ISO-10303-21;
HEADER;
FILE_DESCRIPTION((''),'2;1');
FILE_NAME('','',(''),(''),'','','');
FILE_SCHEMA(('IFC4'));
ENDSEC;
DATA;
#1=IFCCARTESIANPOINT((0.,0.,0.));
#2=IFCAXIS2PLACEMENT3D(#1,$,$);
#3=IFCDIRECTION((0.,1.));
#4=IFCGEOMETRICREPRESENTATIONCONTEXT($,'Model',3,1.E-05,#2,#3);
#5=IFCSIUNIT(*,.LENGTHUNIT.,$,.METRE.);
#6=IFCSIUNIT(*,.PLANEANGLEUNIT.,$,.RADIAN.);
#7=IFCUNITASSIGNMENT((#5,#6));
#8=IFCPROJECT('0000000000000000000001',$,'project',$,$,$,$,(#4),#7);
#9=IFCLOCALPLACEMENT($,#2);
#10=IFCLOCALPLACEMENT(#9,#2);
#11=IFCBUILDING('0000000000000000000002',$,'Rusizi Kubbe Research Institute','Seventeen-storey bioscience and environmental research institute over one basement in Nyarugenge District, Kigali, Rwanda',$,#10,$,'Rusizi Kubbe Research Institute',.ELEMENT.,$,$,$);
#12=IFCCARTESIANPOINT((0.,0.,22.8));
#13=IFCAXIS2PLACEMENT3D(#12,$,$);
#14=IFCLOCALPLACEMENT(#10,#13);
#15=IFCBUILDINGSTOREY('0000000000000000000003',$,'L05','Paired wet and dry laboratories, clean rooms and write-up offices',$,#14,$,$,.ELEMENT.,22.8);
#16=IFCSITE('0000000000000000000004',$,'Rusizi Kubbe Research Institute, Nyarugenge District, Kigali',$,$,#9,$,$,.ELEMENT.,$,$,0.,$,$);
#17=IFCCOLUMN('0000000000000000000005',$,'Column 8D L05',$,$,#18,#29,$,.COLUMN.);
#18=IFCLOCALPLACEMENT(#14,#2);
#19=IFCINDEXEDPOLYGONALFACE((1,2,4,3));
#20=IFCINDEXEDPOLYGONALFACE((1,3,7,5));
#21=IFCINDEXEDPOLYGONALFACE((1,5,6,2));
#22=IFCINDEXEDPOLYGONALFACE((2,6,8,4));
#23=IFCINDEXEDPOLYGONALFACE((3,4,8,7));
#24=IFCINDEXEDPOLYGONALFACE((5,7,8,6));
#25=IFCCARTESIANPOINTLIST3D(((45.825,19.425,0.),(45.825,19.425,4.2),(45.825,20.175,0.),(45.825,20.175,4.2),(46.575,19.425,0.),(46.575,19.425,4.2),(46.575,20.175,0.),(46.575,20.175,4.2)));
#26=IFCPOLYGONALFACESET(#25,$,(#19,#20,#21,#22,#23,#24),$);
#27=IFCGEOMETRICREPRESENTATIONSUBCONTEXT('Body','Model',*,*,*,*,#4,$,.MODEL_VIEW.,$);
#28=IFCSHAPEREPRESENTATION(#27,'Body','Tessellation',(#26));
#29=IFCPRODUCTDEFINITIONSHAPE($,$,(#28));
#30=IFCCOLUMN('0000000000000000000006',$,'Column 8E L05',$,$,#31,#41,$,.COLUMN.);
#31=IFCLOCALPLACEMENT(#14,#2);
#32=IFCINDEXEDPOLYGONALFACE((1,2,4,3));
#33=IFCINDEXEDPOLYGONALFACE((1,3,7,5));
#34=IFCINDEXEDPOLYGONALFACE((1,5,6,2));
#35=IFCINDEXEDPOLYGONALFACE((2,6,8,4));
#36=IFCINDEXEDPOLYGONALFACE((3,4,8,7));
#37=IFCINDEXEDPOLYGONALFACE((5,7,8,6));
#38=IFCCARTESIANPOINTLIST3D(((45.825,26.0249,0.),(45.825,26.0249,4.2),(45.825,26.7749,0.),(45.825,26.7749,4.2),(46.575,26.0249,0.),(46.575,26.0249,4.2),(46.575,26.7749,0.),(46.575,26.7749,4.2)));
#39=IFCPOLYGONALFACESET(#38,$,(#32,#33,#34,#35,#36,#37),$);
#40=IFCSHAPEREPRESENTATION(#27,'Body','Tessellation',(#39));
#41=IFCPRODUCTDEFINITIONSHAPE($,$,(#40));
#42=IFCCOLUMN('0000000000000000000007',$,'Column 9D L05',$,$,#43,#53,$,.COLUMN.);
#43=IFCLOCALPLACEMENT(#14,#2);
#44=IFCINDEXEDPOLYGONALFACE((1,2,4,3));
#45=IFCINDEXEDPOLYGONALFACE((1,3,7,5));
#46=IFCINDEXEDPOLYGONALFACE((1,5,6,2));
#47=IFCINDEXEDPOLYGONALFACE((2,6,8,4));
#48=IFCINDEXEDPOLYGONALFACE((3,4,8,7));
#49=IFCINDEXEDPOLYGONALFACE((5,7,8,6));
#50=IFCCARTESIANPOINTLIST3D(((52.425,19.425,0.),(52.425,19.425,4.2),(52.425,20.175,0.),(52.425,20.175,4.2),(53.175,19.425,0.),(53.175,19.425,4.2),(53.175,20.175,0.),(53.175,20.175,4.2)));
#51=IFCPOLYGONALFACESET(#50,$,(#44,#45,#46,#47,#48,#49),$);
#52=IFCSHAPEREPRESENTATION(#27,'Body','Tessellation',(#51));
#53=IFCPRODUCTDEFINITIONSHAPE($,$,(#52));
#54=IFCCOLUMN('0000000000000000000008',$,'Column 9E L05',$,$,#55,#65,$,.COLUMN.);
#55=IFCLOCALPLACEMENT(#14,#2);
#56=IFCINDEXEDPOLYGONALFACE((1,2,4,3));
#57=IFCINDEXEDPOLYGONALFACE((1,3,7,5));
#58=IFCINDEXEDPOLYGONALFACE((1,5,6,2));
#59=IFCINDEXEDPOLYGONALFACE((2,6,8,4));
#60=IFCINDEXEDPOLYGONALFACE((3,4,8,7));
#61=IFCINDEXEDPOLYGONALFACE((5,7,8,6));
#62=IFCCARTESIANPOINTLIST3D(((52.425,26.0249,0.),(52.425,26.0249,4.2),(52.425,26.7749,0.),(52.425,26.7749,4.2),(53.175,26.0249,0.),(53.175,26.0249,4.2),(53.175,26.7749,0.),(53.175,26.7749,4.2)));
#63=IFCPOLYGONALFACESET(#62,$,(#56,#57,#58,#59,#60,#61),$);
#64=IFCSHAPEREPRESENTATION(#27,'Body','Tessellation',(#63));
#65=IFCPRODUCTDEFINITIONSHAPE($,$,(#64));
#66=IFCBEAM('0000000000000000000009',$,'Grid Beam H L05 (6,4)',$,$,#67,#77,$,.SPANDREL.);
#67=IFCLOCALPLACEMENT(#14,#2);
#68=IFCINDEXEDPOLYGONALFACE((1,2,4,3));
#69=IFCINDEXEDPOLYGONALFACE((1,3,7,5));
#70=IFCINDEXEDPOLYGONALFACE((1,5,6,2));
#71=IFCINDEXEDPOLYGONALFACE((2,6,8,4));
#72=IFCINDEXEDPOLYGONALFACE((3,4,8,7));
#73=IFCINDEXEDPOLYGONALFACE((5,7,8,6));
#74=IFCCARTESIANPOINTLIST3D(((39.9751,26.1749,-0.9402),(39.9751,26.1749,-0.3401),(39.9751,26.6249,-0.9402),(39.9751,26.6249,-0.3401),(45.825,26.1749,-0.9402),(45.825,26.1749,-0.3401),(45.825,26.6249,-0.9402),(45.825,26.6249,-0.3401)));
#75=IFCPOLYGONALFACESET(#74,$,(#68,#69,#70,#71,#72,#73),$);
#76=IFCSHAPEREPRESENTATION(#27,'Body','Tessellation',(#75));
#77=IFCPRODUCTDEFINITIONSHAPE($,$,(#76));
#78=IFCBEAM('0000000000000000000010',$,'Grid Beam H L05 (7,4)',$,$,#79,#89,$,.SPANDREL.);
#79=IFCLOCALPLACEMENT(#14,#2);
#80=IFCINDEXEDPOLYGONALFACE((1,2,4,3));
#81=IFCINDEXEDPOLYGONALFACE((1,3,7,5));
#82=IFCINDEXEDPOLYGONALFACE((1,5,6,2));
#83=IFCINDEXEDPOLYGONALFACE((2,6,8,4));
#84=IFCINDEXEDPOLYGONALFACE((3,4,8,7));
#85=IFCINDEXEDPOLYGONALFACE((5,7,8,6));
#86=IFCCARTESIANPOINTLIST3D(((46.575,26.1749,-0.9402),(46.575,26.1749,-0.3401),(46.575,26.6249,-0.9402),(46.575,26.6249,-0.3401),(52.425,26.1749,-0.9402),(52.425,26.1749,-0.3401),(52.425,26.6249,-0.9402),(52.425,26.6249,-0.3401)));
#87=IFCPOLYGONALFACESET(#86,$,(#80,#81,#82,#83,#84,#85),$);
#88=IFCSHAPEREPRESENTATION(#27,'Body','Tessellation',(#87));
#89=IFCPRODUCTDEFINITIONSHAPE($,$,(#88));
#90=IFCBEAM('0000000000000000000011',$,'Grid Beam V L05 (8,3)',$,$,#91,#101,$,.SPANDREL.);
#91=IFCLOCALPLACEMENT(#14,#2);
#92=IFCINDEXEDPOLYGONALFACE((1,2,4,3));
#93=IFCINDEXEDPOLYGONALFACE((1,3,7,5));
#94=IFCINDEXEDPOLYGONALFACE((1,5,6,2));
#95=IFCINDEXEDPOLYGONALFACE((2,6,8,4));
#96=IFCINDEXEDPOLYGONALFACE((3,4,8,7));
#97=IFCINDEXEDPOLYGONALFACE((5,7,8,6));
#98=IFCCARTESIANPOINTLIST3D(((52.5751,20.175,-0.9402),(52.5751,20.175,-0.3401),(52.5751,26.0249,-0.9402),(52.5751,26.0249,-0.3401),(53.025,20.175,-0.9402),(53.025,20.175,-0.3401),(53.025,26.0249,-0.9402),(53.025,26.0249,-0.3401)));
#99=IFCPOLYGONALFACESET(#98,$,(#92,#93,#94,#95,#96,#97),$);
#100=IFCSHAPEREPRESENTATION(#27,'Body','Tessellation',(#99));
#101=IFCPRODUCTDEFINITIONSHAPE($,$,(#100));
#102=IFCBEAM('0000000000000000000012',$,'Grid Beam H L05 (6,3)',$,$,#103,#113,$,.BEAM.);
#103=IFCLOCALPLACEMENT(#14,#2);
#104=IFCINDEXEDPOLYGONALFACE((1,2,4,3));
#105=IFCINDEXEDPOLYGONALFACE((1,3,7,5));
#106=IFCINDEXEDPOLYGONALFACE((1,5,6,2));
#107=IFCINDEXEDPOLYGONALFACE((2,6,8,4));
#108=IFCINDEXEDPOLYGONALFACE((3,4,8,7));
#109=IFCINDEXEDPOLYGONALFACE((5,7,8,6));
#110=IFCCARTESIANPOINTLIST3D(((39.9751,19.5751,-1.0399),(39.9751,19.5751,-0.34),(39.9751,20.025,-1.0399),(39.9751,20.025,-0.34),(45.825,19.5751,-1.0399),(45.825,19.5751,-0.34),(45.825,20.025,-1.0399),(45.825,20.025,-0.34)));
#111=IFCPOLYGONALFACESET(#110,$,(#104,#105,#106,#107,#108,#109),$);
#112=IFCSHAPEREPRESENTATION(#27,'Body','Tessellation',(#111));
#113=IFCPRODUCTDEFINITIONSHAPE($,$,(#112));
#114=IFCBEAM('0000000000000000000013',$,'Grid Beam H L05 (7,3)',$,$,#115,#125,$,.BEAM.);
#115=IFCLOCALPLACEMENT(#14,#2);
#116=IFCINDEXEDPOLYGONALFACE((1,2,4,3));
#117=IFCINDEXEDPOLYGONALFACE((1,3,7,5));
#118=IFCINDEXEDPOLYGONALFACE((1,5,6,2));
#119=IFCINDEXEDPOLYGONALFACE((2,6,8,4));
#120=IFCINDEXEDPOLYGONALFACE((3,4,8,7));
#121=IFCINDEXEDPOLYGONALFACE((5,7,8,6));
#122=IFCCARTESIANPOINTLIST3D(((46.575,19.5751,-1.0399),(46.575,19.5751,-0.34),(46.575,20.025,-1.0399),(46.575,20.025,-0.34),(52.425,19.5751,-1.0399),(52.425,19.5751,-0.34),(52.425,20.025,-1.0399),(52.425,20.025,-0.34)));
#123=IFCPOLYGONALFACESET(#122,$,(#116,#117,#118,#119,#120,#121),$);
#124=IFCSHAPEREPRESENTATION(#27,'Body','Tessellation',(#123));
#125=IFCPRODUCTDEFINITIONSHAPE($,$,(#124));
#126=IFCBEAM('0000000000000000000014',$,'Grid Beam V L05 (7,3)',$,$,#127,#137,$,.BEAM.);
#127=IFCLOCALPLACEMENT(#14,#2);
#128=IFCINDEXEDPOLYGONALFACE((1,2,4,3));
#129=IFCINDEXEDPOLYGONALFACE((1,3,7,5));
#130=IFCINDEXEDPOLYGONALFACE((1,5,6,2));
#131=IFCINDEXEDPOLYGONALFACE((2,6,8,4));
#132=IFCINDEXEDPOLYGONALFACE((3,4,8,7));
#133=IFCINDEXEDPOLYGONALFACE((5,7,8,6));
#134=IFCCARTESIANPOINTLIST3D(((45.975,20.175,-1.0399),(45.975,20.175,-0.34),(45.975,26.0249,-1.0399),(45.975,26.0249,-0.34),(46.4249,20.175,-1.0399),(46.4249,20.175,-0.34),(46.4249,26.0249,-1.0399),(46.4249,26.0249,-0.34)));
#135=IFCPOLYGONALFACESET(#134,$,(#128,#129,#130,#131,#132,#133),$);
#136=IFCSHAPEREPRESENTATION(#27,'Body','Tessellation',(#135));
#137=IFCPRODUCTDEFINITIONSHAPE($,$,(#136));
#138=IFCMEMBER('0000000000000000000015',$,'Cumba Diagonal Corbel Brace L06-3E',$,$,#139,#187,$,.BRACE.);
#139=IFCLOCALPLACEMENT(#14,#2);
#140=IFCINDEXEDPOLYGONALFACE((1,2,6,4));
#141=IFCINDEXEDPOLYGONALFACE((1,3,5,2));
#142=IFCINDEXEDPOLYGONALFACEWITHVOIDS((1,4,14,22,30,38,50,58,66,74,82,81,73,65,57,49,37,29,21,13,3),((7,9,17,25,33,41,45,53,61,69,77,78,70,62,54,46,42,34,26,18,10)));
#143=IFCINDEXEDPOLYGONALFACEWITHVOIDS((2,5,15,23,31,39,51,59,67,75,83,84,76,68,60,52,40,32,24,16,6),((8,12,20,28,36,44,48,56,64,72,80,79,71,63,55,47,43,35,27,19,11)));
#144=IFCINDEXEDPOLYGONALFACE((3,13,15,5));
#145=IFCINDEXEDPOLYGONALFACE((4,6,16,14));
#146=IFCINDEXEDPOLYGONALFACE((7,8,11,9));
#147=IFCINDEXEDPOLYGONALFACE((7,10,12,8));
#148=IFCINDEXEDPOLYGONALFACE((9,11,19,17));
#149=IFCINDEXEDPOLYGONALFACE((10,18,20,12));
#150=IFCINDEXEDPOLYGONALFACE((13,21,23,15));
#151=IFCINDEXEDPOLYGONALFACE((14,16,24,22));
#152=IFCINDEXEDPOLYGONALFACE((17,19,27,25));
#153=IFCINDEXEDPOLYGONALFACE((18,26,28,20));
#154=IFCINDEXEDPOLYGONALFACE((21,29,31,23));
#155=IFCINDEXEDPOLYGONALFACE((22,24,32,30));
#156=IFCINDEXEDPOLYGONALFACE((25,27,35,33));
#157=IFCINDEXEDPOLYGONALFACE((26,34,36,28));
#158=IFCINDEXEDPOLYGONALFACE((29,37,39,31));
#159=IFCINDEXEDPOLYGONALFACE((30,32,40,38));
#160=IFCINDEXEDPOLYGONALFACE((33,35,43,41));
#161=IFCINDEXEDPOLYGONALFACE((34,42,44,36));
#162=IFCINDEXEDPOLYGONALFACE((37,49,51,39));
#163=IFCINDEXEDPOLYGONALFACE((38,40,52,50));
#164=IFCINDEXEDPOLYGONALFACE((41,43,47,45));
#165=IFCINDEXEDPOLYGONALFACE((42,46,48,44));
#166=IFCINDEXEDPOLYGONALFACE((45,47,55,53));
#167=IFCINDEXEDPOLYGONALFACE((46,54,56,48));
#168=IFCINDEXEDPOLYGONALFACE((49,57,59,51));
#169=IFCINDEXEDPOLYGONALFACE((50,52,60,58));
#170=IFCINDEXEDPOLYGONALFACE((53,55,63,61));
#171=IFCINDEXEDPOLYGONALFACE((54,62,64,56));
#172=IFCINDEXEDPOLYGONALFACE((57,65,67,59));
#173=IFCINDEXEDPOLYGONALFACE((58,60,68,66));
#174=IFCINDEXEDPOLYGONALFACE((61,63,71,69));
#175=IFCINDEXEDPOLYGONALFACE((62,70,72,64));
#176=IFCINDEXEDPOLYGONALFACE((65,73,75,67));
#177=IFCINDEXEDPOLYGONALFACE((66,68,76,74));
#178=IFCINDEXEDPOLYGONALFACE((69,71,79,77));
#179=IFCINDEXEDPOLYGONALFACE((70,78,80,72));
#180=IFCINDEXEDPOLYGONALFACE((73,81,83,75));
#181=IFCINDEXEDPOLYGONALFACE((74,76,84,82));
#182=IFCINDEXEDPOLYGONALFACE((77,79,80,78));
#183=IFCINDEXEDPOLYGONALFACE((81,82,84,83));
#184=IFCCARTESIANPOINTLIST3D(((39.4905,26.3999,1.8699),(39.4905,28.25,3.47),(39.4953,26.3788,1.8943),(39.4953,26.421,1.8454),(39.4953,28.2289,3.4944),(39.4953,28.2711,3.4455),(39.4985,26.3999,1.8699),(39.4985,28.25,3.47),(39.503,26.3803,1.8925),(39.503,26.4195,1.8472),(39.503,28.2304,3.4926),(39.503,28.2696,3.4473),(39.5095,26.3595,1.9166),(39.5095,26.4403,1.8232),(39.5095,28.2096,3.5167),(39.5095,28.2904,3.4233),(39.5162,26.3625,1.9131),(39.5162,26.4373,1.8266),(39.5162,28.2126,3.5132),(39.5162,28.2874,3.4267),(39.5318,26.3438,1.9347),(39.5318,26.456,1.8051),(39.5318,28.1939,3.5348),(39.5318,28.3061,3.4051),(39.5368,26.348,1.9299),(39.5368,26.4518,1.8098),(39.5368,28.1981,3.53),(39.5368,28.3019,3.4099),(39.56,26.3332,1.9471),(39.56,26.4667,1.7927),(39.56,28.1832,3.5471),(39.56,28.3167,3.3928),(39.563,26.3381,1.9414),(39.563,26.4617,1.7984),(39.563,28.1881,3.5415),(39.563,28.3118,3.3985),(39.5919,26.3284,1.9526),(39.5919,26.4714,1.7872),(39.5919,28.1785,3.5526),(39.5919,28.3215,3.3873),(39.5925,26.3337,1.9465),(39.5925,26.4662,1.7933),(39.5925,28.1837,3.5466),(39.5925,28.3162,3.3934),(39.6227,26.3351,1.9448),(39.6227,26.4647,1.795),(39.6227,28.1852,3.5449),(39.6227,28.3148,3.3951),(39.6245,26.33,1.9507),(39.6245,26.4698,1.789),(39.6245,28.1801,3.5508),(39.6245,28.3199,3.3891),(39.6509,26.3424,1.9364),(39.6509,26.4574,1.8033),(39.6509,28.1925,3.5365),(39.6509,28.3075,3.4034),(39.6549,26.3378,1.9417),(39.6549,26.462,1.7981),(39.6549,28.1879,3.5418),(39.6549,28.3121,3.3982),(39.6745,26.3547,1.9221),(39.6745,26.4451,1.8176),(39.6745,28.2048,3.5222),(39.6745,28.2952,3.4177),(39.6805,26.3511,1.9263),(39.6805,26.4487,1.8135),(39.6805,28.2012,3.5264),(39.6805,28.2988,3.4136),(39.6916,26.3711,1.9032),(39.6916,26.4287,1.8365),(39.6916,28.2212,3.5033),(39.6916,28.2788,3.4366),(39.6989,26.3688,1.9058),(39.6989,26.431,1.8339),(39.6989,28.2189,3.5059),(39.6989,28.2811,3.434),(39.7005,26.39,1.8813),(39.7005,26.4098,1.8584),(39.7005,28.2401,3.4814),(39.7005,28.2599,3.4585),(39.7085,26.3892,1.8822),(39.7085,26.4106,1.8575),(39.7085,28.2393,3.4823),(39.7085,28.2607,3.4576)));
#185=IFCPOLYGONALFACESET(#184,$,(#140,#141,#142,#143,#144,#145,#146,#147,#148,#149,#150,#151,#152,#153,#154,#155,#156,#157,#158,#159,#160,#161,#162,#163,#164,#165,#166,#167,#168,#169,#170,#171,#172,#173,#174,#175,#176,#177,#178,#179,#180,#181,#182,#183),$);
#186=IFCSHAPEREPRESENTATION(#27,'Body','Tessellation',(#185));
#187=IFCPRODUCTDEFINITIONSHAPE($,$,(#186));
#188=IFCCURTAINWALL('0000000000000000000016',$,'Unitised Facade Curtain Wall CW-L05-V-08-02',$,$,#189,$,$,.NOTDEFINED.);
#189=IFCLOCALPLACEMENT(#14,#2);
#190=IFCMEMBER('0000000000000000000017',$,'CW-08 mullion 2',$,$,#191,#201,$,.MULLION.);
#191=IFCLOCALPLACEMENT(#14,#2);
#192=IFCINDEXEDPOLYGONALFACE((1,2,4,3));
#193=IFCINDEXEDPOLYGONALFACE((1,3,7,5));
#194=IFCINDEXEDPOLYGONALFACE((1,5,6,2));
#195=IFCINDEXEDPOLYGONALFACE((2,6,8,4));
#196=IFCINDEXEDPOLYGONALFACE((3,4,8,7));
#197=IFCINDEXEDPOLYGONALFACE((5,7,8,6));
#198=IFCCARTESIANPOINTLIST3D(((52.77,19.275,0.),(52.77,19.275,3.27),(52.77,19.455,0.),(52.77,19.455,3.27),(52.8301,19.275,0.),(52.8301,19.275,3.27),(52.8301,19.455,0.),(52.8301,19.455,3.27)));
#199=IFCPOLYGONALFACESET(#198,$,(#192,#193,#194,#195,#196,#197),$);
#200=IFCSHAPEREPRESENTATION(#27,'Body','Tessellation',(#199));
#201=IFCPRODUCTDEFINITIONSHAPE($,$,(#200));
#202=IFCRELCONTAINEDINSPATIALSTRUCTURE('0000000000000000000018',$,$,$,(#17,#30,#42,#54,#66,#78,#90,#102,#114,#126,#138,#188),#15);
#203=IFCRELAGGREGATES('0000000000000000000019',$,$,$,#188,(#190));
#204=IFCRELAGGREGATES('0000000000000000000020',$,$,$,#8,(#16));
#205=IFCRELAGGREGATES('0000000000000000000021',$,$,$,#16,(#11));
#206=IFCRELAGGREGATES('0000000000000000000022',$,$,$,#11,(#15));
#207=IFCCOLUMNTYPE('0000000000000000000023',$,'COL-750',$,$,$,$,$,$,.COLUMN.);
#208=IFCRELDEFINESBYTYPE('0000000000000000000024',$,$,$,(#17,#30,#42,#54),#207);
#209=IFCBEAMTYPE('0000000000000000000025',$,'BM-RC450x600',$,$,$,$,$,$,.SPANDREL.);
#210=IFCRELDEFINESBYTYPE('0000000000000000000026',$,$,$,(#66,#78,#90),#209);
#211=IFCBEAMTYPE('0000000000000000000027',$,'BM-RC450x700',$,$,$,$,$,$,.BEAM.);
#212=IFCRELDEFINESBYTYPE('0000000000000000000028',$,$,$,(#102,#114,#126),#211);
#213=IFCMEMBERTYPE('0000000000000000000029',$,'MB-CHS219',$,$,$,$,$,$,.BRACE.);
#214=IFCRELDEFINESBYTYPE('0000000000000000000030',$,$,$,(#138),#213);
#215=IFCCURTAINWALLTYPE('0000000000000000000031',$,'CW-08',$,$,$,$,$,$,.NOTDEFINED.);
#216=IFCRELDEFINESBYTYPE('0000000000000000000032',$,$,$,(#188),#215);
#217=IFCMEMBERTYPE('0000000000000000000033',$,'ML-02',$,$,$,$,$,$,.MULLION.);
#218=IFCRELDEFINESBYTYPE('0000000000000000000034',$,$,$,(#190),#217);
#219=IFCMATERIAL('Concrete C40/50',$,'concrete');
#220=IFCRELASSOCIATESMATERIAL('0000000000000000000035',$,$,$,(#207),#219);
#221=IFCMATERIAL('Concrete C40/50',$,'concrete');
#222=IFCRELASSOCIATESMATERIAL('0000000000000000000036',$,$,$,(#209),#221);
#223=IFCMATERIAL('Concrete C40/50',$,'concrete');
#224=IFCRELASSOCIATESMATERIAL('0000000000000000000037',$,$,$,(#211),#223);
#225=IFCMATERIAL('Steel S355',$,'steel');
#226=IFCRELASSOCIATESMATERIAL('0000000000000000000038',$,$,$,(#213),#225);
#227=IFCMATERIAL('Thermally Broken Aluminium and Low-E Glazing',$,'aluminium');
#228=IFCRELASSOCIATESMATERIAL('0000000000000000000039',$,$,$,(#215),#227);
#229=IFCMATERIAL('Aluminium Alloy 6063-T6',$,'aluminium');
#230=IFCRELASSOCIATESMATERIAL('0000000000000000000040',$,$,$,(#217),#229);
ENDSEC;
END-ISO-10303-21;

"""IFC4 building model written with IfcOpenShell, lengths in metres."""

from ifc_helpers import new_model, si_unit, direction, frame, origin, origin_2d, place, context, subcontext, project, spatial, rectangle, hollow_circle, extrude, material, material_profile, profile_set, type_object, element, aggregate, save


model = new_model("IFC4")

# Units and contexts
model_context = context("Model", 3, precision=1e-05, world=origin(), true_north=direction((0.0, 1.0)))
body_context = subcontext(model_context, "Body", "Model", "MODEL_VIEW")
ifc_project = project(units=[si_unit("LENGTHUNIT", "METRE"), si_unit("PLANEANGLEUNIT", "RADIAN")], contexts=[model_context])

# Site, building, storey
site_placement = place(None, origin())
site = spatial("IfcSite", under=ifc_project, at=site_placement, Name="Rusizi Kubbe Research Institute, Nyarugenge District, Kigali", CompositionType="ELEMENT", RefElevation=0.0)
building_placement = place(site_placement, origin())
building = spatial("IfcBuilding", under=site, at=building_placement, Name="Rusizi Kubbe Research Institute", Description="Seventeen-storey bioscience and environmental research institute over one basement in Nyarugenge District, Kigali, Rwanda", LongName="Rusizi Kubbe Research Institute", CompositionType="ELEMENT")
storey_placement = place(building_placement, frame((0.0, 0.0, 22.8)))
storey = spatial("IfcBuildingStorey", under=building, at=storey_placement, Name="L05", Description="Paired wet and dry laboratories, clean rooms and write-up offices", CompositionType="ELEMENT", Elevation=22.8)

# Columns
ifc_material_1 = material(Name="Concrete C40/50", Category="concrete")
ifc_material_profile_1 = material_profile(ifc_material_1, rectangle(XDim=0.75, YDim=0.75, at=origin_2d()), Name="RC750x750")
ifc_profile_set_1 = profile_set([ifc_material_profile_1], Name="Concrete C40/50")
column_type = type_object("IfcColumnType", Name="COL-750", PredefinedType="COLUMN", material=ifc_profile_set_1)
for number, where, z_axis, x_axis, name in (
    (1, (46.2, 19.8, 0.0), (0.0, 0.0, 1.0), (1.0, 0.0, 0.0), "Column 8D L05"),
    (2, (46.2, 26.3999, 0.0), (0.0, 0.0, 1.0), (1.0, 0.0, 0.0), "Column 8E L05"),
    (3, (52.8, 19.8, 0.0), (0.0, 0.0, 1.0), (1.0, 0.0, 0.0), "Column 9D L05"),
    (4, (52.8, 26.3999, 0.0), (0.0, 0.0, 1.0), (1.0, 0.0, 0.0), "Column 9E L05"),
):
    element("IfcColumn", number, at=place(storey_placement, frame(where, z_axis=z_axis, x_axis=x_axis)), inside=storey, type_object=column_type, Name=name, PredefinedType="COLUMN", context=body_context, shape_type="SweptSolid", body=[
        extrude(rectangle(XDim=0.75, YDim=0.75, at=origin_2d()), origin(), (0.0, 0.0, 1.0), 4.2),
    ])

# Beams
ifc_material_2 = material(Name="Concrete C40/50", Category="concrete")
ifc_material_profile_2 = material_profile(ifc_material_2, rectangle(XDim=0.45, YDim=0.6001, at=origin_2d()), Name="RC450x600")
ifc_profile_set_2 = profile_set([ifc_material_profile_2], Name="Concrete C40/50")
beam_type_1 = type_object("IfcBeamType", Name="BM-RC450x600", PredefinedType="SPANDREL", material=ifc_profile_set_2)
beam_1_placement = place(storey_placement, frame((39.9751, 26.3999, -0.6401), z_axis=(1.0, 0.0, 0.0), x_axis=(0.0, 1.0, 0.0)))
element("IfcBeam", 5, at=beam_1_placement, inside=storey, type_object=beam_type_1, Name="Grid Beam H L05 (6,4)", PredefinedType="SPANDREL", context=body_context, shape_type="SweptSolid", body=[
    extrude(rectangle(XDim=0.45, YDim=0.6001, at=origin_2d()), origin(), (0.0, 0.0, 1.0), 5.8499),
])
beam_2_placement = place(storey_placement, frame((46.575, 26.3999, -0.6401), z_axis=(1.0, 0.0, 0.0), x_axis=(0.0, 1.0, 0.0)))
element("IfcBeam", 6, at=beam_2_placement, inside=storey, type_object=beam_type_1, Name="Grid Beam H L05 (7,4)", PredefinedType="SPANDREL", context=body_context, shape_type="SweptSolid", body=[
    extrude(rectangle(XDim=0.45, YDim=0.6001, at=origin_2d()), origin(), (0.0, 0.0, 1.0), 5.8501),
])
beam_3_placement = place(storey_placement, frame((52.8, 20.175, -0.6401), z_axis=(0.0, 1.0, 0.0), x_axis=(-1.0, 0.0, 0.0)))
element("IfcBeam", 7, at=beam_3_placement, inside=storey, type_object=beam_type_1, Name="Grid Beam V L05 (8,3)", PredefinedType="SPANDREL", context=body_context, shape_type="SweptSolid", body=[
    extrude(rectangle(XDim=0.45, YDim=0.6001, at=origin_2d()), origin(), (0.0, 0.0, 1.0), 5.8499),
])
ifc_material_3 = material(Name="Concrete C40/50", Category="concrete")
ifc_material_profile_3 = material_profile(ifc_material_3, rectangle(XDim=0.45, YDim=0.7, at=origin_2d()), Name="RC450x700B")
ifc_profile_set_3 = profile_set([ifc_material_profile_3], Name="Concrete C40/50")
beam_type_2 = type_object("IfcBeamType", Name="BM-RC450x700", PredefinedType="BEAM", material=ifc_profile_set_3)
beam_4_placement = place(storey_placement, frame((39.9751, 19.8, -0.6899), z_axis=(1.0, 0.0, 0.0), x_axis=(0.0, 1.0, 0.0)))
element("IfcBeam", 8, at=beam_4_placement, inside=storey, type_object=beam_type_2, Name="Grid Beam H L05 (6,3)", PredefinedType="BEAM", context=body_context, shape_type="SweptSolid", body=[
    extrude(rectangle(XDim=0.45, YDim=0.7, at=origin_2d()), origin(), (0.0, 0.0, 1.0), 5.8499),
])
beam_5_placement = place(storey_placement, frame((46.575, 19.8, -0.6899), z_axis=(1.0, 0.0, 0.0), x_axis=(0.0, 1.0, 0.0)))
element("IfcBeam", 9, at=beam_5_placement, inside=storey, type_object=beam_type_2, Name="Grid Beam H L05 (7,3)", PredefinedType="BEAM", context=body_context, shape_type="SweptSolid", body=[
    extrude(rectangle(XDim=0.45, YDim=0.7, at=origin_2d()), origin(), (0.0, 0.0, 1.0), 5.8501),
])
beam_6_placement = place(storey_placement, frame((46.2, 20.175, -0.6899), z_axis=(0.0, 1.0, 0.0), x_axis=(-1.0, 0.0, 0.0)))
element("IfcBeam", 10, at=beam_6_placement, inside=storey, type_object=beam_type_2, Name="Grid Beam V L05 (7,3)", PredefinedType="BEAM", context=body_context, shape_type="SweptSolid", body=[
    extrude(rectangle(XDim=0.45, YDim=0.7, at=origin_2d()), origin(), (0.0, 0.0, 1.0), 5.8499),
])

# Member
ifc_material_4 = material(Name="Steel S355", Category="steel")
ifc_material_profile_4 = material_profile(ifc_material_4, hollow_circle(Radius=0.1096, WallThickness=0.0081, at=origin_2d()), Name="CHS 219.1x8.0")
ifc_profile_set_4 = profile_set([ifc_material_profile_4], Name="Steel S355")
member_type_1 = type_object("IfcMemberType", Name="MB-CHS219", PredefinedType="BRACE", material=ifc_profile_set_4)
member_1_placement = place(storey_placement, frame((39.6001, 26.3999, 1.8699), z_axis=(0.0, 0.756361, 0.654155), x_axis=(-1.0, 0.0, 0.0)))
element("IfcMember", 11, at=member_1_placement, inside=storey, type_object=member_type_1, Name="Cumba Diagonal Corbel Brace L06-3E", PredefinedType="BRACE", context=body_context, shape_type="SweptSolid", body=[
    extrude(hollow_circle(Radius=0.1096, WallThickness=0.0081, at=origin_2d()), origin(), (0.0, 0.0, 1.0), 2.446),
])

# Curtain wall, member
ifc_material_5 = material(Name="Thermally Broken Aluminium and Low-E Glazing", Category="aluminium")
curtain_wall_type = type_object("IfcCurtainWallType", Name="CW-08", PredefinedType="NOTDEFINED", material=ifc_material_5)
curtain_wall_1_placement = place(storey_placement, origin())
curtain_wall_1 = element("IfcCurtainWall", 12, at=curtain_wall_1_placement, inside=storey, type_object=curtain_wall_type, Name="Unitised Facade Curtain Wall CW-L05-V-08-02", PredefinedType="NOTDEFINED")
ifc_material_6 = material(Name="Aluminium Alloy 6063-T6", Category="aluminium")
ifc_material_profile_5 = material_profile(ifc_material_6, rectangle(XDim=0.0601, YDim=0.1799, at=origin_2d()), Name="ALU-M 60x180")
ifc_profile_set_5 = profile_set([ifc_material_profile_5], Name="Aluminium Alloy 6063-T6")
member_type_2 = type_object("IfcMemberType", Name="ML-02", PredefinedType="MULLION", material=ifc_profile_set_5)
member_2_placement = place(storey_placement, frame((52.8, 19.365, 0.0), z_axis=(0.0, 0.0, 1.0), x_axis=(-1.0, 0.0, 0.0)))
member_2 = element("IfcMember", 13, at=member_2_placement, type_object=member_type_2, Name="CW-08 mullion 2", PredefinedType="MULLION", context=body_context, shape_type="SweptSolid", body=[
    extrude(rectangle(XDim=0.0601, YDim=0.1799, at=origin_2d()), origin(), (0.0, 0.0, 1.0), 3.27),
])

aggregate(curtain_wall_1, [member_2])

save(model, "model.ifc")
